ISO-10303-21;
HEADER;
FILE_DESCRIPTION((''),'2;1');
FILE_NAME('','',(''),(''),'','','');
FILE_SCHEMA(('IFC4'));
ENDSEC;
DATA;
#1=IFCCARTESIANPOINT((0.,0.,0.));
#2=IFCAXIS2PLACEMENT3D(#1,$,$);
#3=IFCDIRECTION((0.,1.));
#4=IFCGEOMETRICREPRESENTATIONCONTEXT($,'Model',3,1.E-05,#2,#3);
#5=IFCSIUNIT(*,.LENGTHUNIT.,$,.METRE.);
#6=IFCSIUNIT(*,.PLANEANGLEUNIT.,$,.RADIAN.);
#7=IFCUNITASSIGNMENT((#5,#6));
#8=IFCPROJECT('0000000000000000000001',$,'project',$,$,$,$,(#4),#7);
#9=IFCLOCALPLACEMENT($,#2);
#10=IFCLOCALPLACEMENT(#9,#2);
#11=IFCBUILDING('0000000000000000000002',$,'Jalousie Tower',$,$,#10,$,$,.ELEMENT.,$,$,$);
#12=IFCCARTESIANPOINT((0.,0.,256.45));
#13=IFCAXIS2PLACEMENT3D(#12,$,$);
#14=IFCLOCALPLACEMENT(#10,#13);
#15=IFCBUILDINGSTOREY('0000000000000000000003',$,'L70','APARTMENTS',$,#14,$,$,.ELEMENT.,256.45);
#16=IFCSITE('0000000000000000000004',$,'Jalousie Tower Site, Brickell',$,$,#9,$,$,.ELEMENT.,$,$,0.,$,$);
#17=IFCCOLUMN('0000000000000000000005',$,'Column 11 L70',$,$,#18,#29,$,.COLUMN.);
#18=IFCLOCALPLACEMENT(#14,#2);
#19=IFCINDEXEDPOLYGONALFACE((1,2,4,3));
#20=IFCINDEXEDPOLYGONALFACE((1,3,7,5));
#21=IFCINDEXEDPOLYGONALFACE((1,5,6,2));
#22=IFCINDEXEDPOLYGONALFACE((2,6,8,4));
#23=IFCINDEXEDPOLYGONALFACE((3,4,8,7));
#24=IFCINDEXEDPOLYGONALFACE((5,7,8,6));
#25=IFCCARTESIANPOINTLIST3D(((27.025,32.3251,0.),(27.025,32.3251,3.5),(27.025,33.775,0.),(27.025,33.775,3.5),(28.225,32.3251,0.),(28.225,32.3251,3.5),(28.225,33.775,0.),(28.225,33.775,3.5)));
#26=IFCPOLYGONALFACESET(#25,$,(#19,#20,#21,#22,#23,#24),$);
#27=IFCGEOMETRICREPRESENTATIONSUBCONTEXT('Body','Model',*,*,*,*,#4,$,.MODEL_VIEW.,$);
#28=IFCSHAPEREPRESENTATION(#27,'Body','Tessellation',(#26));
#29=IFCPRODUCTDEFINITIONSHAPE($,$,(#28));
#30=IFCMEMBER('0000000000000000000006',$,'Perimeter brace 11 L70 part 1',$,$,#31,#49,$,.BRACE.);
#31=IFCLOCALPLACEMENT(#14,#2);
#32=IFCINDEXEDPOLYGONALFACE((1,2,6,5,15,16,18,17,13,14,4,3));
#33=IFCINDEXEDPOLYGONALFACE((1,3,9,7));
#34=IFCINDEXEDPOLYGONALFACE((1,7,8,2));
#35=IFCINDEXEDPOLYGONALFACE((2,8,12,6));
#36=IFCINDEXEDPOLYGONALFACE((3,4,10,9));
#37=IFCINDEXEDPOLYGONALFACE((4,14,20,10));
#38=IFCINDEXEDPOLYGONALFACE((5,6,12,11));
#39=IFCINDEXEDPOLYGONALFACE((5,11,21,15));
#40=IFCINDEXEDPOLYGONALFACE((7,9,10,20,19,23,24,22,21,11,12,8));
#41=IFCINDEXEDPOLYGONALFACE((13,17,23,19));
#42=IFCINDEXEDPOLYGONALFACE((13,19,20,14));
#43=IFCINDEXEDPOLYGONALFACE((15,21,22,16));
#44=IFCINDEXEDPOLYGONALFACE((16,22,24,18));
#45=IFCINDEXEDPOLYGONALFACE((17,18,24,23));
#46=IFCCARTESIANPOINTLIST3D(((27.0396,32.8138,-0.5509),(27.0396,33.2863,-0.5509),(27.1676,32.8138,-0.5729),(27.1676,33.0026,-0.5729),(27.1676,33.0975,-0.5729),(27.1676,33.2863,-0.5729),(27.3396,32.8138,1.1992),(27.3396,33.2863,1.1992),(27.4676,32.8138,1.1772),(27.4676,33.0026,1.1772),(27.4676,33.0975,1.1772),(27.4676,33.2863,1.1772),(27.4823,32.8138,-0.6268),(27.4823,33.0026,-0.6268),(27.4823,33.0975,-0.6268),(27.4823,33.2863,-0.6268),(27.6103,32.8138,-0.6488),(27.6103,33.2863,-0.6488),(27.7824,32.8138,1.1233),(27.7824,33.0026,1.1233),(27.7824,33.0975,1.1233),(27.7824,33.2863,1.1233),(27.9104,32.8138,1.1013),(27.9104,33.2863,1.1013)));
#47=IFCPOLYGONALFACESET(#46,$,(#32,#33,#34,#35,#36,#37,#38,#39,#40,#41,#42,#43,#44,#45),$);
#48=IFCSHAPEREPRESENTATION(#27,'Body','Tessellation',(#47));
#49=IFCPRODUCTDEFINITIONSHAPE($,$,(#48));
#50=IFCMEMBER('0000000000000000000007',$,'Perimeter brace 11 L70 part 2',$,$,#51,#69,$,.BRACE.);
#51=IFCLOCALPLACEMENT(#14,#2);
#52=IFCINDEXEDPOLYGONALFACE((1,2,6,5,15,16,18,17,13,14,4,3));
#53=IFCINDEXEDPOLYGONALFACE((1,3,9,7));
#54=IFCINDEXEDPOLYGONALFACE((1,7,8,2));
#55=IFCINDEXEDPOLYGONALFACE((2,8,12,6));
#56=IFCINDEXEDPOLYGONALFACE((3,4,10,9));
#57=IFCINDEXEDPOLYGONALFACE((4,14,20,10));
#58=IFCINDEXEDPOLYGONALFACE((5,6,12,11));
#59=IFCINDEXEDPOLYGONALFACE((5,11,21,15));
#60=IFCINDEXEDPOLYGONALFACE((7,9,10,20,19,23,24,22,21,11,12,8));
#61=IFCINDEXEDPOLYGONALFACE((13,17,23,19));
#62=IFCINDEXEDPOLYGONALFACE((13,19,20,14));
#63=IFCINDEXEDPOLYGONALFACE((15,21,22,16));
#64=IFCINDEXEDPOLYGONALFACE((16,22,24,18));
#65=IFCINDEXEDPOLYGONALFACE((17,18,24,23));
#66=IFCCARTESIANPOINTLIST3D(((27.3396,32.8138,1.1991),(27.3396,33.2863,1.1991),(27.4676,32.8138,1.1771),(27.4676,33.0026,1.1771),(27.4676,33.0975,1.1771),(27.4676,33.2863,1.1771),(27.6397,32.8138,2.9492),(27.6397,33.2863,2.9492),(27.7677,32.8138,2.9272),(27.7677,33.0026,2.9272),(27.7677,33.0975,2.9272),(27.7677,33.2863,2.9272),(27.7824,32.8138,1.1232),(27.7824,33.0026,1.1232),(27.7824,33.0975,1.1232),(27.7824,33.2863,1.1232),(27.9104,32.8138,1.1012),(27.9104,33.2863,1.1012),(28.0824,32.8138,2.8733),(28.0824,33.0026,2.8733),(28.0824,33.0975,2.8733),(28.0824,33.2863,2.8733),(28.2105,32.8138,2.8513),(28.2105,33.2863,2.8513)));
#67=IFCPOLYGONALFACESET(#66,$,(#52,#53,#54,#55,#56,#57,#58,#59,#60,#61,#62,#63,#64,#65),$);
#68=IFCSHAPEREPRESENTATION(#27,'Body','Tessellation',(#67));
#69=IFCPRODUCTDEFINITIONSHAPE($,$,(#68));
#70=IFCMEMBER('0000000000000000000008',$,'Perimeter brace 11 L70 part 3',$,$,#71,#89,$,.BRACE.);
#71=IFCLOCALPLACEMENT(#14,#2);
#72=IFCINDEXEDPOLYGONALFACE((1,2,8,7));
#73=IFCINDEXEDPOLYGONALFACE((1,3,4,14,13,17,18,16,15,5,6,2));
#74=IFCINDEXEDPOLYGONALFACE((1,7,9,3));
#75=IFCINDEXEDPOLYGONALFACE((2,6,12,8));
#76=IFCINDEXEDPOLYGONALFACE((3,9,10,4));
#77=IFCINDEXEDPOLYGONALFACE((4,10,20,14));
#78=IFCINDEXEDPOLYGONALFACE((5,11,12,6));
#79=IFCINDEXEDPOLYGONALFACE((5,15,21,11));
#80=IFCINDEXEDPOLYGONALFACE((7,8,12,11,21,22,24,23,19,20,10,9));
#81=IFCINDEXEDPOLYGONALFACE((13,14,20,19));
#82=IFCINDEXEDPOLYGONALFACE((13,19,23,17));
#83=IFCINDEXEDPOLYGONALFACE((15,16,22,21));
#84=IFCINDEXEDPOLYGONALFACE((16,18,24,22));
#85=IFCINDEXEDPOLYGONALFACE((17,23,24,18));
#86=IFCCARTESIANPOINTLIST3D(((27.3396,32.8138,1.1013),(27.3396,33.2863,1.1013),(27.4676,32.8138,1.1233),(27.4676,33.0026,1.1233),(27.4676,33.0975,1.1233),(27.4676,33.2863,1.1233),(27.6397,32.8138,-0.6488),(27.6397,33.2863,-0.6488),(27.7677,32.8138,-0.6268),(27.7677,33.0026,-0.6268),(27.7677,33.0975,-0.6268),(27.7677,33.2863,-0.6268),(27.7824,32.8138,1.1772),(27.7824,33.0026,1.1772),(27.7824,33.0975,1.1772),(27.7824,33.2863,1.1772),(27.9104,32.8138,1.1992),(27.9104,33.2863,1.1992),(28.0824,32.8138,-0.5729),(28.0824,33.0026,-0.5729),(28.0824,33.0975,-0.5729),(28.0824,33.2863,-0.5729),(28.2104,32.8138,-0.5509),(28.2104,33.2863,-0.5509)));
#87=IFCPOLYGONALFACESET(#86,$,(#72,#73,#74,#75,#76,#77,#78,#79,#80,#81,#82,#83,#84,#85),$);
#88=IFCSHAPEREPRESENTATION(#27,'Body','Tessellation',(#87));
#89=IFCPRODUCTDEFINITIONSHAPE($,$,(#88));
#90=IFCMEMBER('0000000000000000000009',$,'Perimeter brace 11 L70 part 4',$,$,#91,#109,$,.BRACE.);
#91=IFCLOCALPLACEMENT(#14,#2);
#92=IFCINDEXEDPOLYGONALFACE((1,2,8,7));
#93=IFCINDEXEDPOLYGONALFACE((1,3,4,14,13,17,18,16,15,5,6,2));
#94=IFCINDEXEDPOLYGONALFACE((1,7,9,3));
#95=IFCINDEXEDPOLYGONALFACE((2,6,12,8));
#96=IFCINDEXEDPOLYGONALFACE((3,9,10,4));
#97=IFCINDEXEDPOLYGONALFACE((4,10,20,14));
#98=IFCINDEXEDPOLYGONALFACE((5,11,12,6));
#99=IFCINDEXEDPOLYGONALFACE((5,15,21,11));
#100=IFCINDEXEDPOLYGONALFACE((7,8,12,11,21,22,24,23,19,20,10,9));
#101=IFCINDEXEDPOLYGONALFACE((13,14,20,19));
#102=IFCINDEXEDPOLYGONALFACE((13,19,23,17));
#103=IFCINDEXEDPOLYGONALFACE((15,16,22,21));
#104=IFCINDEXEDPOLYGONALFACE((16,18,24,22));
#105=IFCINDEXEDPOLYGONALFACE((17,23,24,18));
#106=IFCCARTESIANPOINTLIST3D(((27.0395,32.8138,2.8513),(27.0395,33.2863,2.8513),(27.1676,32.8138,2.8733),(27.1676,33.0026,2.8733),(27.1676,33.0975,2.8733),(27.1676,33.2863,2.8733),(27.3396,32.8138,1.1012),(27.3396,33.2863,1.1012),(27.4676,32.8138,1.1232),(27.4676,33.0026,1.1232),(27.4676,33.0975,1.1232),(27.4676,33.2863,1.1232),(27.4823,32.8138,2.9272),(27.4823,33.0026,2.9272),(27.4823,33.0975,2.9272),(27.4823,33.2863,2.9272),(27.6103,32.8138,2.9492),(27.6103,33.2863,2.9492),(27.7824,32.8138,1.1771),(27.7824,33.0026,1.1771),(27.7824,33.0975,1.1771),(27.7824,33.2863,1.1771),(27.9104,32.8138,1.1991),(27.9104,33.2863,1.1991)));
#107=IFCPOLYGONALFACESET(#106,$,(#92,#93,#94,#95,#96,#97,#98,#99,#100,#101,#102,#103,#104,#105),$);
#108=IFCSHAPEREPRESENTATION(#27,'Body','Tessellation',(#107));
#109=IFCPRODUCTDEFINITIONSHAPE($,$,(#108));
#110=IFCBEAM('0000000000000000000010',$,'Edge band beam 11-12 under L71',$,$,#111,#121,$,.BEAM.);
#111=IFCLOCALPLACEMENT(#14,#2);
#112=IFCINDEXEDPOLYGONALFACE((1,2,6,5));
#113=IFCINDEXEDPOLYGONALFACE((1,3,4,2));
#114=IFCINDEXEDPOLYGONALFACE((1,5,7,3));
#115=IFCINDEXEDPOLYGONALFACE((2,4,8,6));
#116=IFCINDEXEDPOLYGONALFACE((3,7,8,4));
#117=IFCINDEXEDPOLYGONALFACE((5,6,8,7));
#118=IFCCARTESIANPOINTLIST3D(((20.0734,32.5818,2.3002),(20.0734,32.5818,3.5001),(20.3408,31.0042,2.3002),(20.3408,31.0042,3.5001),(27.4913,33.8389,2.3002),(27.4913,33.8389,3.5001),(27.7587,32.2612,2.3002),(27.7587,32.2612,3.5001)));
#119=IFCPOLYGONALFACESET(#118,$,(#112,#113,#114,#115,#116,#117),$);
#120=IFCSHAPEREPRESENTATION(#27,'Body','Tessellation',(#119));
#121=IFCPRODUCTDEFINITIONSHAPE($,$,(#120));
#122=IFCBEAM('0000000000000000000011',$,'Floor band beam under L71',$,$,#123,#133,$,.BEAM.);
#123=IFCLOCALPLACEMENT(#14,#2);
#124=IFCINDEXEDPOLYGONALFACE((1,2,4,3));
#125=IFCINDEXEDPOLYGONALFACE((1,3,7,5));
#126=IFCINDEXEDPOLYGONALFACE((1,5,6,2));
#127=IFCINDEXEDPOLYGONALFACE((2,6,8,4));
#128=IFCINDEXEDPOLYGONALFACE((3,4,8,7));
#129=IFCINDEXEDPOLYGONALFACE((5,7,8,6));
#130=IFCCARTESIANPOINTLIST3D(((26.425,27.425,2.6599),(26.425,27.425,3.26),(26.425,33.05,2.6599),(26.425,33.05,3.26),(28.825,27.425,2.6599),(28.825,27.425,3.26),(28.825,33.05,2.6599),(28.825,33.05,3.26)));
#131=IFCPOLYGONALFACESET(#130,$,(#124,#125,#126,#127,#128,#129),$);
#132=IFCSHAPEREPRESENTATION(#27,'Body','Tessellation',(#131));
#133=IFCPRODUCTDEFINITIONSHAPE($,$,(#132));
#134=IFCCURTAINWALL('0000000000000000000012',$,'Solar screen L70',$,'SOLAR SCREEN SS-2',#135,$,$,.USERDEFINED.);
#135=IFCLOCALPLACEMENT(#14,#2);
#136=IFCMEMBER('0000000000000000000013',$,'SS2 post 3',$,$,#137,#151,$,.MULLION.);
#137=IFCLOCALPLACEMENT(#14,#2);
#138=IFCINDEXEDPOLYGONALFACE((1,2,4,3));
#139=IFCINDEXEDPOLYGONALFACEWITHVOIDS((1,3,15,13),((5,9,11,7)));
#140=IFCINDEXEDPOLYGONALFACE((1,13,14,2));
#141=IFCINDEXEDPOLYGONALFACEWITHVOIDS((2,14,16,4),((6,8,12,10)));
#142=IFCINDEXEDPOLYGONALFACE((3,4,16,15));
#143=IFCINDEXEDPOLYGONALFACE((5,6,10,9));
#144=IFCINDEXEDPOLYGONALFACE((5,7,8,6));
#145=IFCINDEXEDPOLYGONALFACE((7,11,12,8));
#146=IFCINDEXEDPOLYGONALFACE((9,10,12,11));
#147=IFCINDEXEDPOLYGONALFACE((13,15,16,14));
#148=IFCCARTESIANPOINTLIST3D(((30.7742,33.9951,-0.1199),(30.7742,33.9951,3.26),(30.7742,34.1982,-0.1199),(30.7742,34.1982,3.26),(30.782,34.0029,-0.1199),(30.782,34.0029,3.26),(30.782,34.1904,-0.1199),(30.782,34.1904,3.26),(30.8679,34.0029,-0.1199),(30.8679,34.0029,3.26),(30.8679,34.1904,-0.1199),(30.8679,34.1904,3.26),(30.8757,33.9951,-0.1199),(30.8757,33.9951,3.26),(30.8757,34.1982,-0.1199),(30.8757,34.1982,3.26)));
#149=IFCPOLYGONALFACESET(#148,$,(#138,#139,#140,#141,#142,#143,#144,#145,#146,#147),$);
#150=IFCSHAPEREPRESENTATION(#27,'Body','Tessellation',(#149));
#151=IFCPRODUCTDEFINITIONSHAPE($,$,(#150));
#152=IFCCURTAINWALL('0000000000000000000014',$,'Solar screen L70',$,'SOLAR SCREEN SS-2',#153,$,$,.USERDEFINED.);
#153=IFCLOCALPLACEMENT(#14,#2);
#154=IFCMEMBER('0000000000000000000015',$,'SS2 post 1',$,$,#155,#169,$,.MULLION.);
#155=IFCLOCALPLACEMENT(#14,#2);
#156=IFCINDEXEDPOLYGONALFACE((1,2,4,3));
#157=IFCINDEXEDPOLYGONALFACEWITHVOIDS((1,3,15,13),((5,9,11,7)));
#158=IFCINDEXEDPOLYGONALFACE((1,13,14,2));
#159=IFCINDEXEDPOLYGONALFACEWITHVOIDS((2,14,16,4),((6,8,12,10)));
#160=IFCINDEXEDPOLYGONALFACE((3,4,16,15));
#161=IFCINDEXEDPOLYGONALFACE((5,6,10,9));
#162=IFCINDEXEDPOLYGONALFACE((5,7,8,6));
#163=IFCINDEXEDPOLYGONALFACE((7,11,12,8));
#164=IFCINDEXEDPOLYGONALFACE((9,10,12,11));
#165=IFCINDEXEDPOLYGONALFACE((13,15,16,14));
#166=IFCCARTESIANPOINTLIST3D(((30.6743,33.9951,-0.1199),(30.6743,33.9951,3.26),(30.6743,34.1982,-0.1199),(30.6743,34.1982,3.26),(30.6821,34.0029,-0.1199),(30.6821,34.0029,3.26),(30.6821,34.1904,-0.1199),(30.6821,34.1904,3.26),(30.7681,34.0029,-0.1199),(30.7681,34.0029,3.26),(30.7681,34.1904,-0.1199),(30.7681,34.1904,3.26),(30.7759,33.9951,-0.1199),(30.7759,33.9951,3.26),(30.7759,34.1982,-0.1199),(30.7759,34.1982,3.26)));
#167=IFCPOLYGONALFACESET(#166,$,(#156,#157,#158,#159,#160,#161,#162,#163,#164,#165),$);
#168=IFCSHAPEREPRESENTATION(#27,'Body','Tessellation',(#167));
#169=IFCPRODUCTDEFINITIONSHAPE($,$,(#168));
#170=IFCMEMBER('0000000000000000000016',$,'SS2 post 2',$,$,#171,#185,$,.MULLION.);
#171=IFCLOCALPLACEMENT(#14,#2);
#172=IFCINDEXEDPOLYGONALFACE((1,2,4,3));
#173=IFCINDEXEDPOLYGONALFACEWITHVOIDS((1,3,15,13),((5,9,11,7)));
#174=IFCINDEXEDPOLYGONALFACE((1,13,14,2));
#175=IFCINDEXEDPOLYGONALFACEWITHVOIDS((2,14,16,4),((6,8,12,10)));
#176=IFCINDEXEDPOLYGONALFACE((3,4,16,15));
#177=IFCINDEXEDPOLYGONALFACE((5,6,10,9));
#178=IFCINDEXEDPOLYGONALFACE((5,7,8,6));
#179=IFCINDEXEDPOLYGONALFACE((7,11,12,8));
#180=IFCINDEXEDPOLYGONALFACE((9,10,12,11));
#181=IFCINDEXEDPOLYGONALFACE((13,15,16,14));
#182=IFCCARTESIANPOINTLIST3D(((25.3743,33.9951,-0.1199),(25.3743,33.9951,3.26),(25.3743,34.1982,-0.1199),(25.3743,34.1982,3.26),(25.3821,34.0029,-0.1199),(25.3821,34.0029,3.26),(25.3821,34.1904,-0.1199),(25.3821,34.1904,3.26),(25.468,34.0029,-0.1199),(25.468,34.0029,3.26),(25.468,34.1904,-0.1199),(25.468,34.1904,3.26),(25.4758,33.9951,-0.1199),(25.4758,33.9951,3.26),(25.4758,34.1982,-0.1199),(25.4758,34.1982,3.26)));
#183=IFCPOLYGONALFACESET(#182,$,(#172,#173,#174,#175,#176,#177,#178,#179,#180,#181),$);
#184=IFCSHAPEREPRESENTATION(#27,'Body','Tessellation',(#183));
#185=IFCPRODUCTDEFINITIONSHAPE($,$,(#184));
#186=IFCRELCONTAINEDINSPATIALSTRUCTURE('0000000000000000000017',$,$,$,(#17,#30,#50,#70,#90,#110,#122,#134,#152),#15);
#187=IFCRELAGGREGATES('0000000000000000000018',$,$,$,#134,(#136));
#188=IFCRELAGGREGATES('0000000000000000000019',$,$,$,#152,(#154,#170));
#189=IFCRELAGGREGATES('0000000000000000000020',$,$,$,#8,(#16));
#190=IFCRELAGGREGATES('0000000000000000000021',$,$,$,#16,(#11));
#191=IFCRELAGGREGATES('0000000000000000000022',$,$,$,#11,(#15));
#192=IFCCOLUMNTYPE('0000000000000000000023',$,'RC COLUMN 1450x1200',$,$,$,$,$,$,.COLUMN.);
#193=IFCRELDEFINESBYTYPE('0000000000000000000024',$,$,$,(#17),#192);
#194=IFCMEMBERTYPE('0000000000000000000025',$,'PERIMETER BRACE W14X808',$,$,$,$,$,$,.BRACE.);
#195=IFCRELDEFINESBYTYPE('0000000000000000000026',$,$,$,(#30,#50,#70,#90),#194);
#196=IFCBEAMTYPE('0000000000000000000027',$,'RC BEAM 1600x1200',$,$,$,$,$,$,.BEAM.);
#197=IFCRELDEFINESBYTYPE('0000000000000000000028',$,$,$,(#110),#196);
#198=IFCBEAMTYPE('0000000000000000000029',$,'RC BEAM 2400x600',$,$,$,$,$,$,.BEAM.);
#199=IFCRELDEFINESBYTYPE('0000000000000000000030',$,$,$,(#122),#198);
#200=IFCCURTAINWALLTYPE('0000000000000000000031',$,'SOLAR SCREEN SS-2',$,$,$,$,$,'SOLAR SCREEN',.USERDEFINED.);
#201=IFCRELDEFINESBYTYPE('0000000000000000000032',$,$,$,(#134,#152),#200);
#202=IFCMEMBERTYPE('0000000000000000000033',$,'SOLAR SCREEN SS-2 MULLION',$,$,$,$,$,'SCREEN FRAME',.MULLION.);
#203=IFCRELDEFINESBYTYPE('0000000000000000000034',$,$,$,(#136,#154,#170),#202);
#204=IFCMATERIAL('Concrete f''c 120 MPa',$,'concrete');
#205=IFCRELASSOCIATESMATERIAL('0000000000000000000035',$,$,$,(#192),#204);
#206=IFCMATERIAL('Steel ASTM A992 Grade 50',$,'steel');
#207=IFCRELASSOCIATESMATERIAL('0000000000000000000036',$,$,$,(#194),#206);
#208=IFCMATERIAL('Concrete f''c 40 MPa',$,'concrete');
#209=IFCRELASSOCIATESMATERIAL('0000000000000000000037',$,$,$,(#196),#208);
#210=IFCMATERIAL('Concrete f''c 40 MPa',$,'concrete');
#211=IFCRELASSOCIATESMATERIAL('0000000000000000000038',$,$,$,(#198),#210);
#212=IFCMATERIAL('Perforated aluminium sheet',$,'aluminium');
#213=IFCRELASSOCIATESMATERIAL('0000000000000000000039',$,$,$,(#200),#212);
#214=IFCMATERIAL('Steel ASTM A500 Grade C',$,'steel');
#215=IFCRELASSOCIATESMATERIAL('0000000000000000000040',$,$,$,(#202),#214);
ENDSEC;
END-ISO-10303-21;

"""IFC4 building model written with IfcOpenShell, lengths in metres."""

from ifc_helpers import new_model, si_unit, direction, frame, origin, origin_2d, place, context, subcontext, project, spatial, rectangle, hollow_rectangle, i_section, extrude, material, material_profile, profile_set, type_object, element, aggregate, save


model = new_model("IFC4")

# Units and contexts
model_context = context("Model", 3, precision=1e-05, world=origin(), true_north=direction((0.0, 1.0)))
body_context = subcontext(model_context, "Body", "Model", "MODEL_VIEW")
ifc_project = project(units=[si_unit("LENGTHUNIT", "METRE"), si_unit("PLANEANGLEUNIT", "RADIAN")], contexts=[model_context])

# Site, building, storey
site_placement = place(None, origin())
site = spatial("IfcSite", under=ifc_project, at=site_placement, Name="Jalousie Tower Site, Brickell", CompositionType="ELEMENT", RefElevation=0.0)
building_placement = place(site_placement, origin())
building = spatial("IfcBuilding", under=site, at=building_placement, Name="Jalousie Tower", CompositionType="ELEMENT")
storey_placement = place(building_placement, frame((0.0, 0.0, 256.45)))
storey = spatial("IfcBuildingStorey", under=building, at=storey_placement, Name="L70", Description="APARTMENTS", CompositionType="ELEMENT", Elevation=256.45)

# Column
ifc_material_1 = material(Name="Concrete f'c 120 MPa", Category="concrete")
ifc_material_profile_1 = material_profile(ifc_material_1, rectangle(XDim=1.45, YDim=1.2, at=origin_2d()), Name="RC 1450x1200")
ifc_profile_set_1 = profile_set([ifc_material_profile_1], Name="Concrete f'c 120 MPa")
column_type = type_object("IfcColumnType", Name="RC COLUMN 1450x1200", PredefinedType="COLUMN", material=ifc_profile_set_1)
column_placement = place(storey_placement, frame((27.625, 33.05, 0.0), z_axis=(0.0, 0.0, 1.0), x_axis=(0.0, 1.0, 0.0)))
element("IfcColumn", 1, at=column_placement, inside=storey, type_object=column_type, Name="Column 11 L70", PredefinedType="COLUMN", context=body_context, shape_type="SweptSolid", body=[
    extrude(rectangle(XDim=1.45, YDim=1.2, at=origin_2d()), origin(), (0.0, 0.0, 1.0), 3.5),
])

# Members
ifc_material_2 = material(Name="Steel ASTM A992 Grade 50", Category="steel")
ifc_material_profile_2 = material_profile(ifc_material_2, i_section(OverallWidth=0.4724, OverallDepth=0.5791, WebThickness=0.095, FlangeThickness=0.1299, at=origin_2d()), Name="W14X808")
ifc_profile_set_2 = profile_set([ifc_material_profile_2], Name="Steel ASTM A992 Grade 50")
member_type_1 = type_object("IfcMemberType", Name="PERIMETER BRACE W14X808", PredefinedType="BRACE", material=ifc_profile_set_2)
for number, where, z_axis, x_axis, name in (
    (2, (27.325, 33.05, -0.5999), (0.168991, 0.0, 0.985618), (0.0, 1.0, 0.0), "Perimeter brace 11 L70 part 1"),
    (3, (27.625, 33.05, 1.1501), (0.168991, 0.0, 0.985618), (0.0, 1.0, 0.0), "Perimeter brace 11 L70 part 2"),
    (4, (27.925, 33.05, -0.5999), (-0.168991, 0.0, 0.985618), (0.0, -1.0, 0.0), "Perimeter brace 11 L70 part 3"),
    (5, (27.625, 33.05, 1.1501), (-0.168991, 0.0, 0.985618), (0.0, -1.0, 0.0), "Perimeter brace 11 L70 part 4"),
):
    element("IfcMember", number, at=place(storey_placement, frame(where, z_axis=z_axis, x_axis=x_axis)), inside=storey, type_object=member_type_1, Name=name, PredefinedType="BRACE", context=body_context, shape_type="SweptSolid", body=[
        extrude(i_section(OverallWidth=0.4724, OverallDepth=0.5791, WebThickness=0.095, FlangeThickness=0.1299, at=origin_2d()), origin(), (0.0, 0.0, 1.0), 1.7756),
    ])

# Beams
ifc_material_3 = material(Name="Concrete f'c 40 MPa", Category="concrete")
ifc_material_profile_3 = material_profile(ifc_material_3, rectangle(XDim=1.6001, YDim=1.2, at=origin_2d()), Name="RC 1600x1200")
ifc_profile_set_3 = profile_set([ifc_material_profile_3], Name="Concrete f'c 40 MPa")
beam_type_1 = type_object("IfcBeamType", Name="RC BEAM 1600x1200", PredefinedType="BEAM", material=ifc_profile_set_3)
beam_1_placement = place(storey_placement, frame((27.625, 33.05, 2.9001), z_axis=(-0.985943, -0.167082, 0.0), x_axis=(0.167082, -0.985943, 0.0)))
element("IfcBeam", 6, at=beam_1_placement, inside=storey, type_object=beam_type_1, Name="Edge band beam 11-12 under L71", PredefinedType="BEAM", context=body_context, shape_type="SweptSolid", body=[
    extrude(rectangle(XDim=1.6001, YDim=1.2, at=origin_2d()), origin(), (0.0, 0.0, 1.0), 7.5237),
])
ifc_material_4 = material(Name="Concrete f'c 40 MPa", Category="concrete")
ifc_material_profile_4 = material_profile(ifc_material_4, rectangle(XDim=2.3999, YDim=0.6001, at=origin_2d()), Name="RC 2400x600")
ifc_profile_set_4 = profile_set([ifc_material_profile_4], Name="Concrete f'c 40 MPa")
beam_type_2 = type_object("IfcBeamType", Name="RC BEAM 2400x600", PredefinedType="BEAM", material=ifc_profile_set_4)
beam_2_placement = place(storey_placement, frame((27.625, 33.05, 2.96), z_axis=(0.0, -1.0, 0.0), x_axis=(1.0, 0.0, 0.0)))
element("IfcBeam", 7, at=beam_2_placement, inside=storey, type_object=beam_type_2, Name="Floor band beam under L71", PredefinedType="BEAM", context=body_context, shape_type="SweptSolid", body=[
    extrude(rectangle(XDim=2.3999, YDim=0.6001, at=origin_2d()), origin(), (0.0, 0.0, 1.0), 5.625),
])

# Curtain wall, member
ifc_material_5 = material(Name="Perforated aluminium sheet", Category="aluminium")
curtain_wall_type = type_object("IfcCurtainWallType", Name="SOLAR SCREEN SS-2", ElementType="SOLAR SCREEN", PredefinedType="USERDEFINED", material=ifc_material_5)
curtain_wall_1_placement = place(storey_placement, origin())
curtain_wall_1 = element("IfcCurtainWall", 8, at=curtain_wall_1_placement, inside=storey, type_object=curtain_wall_type, Name="Solar screen L70", ObjectType="SOLAR SCREEN SS-2", PredefinedType="USERDEFINED")
ifc_material_6 = material(Name="Steel ASTM A500 Grade C", Category="steel")
ifc_material_profile_5 = material_profile(ifc_material_6, hollow_rectangle(XDim=0.1016, YDim=0.2031, WallThickness=0.0078, at=origin_2d()), Name="HSS8X4X5/16")
ifc_profile_set_5 = profile_set([ifc_material_profile_5], Name="Steel ASTM A500 Grade C")
member_type_2 = type_object("IfcMemberType", Name="SOLAR SCREEN SS-2 MULLION", ElementType="SCREEN FRAME", PredefinedType="MULLION", material=ifc_profile_set_5)
member_1_placement = place(storey_placement, frame((30.825, 34.0967, -0.1199), z_axis=(0.0, 0.0, 1.0), x_axis=(-1.0, 0.0, 0.0)))
member_1 = element("IfcMember", 9, at=member_1_placement, type_object=member_type_2, Name="SS2 post 3", PredefinedType="MULLION", context=body_context, shape_type="SweptSolid", body=[
    extrude(hollow_rectangle(XDim=0.1016, YDim=0.2031, WallThickness=0.0078, at=origin_2d()), origin(), (0.0, 0.0, 1.0), 3.3799),
])

# Curtain wall, members
curtain_wall_2_placement = place(storey_placement, origin())
curtain_wall_2 = element("IfcCurtainWall", 10, at=curtain_wall_2_placement, inside=storey, type_object=curtain_wall_type, Name="Solar screen L70", ObjectType="SOLAR SCREEN SS-2", PredefinedType="USERDEFINED")
member_2_placement = place(storey_placement, frame((30.7251, 34.0967, -0.1199), z_axis=(0.0, 0.0, 1.0), x_axis=(-1.0, 0.0, 0.0)))
member_2 = element("IfcMember", 11, at=member_2_placement, type_object=member_type_2, Name="SS2 post 1", PredefinedType="MULLION", context=body_context, shape_type="SweptSolid", body=[
    extrude(hollow_rectangle(XDim=0.1016, YDim=0.2031, WallThickness=0.0078, at=origin_2d()), origin(), (0.0, 0.0, 1.0), 3.3799),
])
member_3_placement = place(storey_placement, frame((25.425, 34.0967, -0.1199), z_axis=(0.0, 0.0, 1.0), x_axis=(-1.0, 0.0, 0.0)))
member_3 = element("IfcMember", 12, at=member_3_placement, type_object=member_type_2, Name="SS2 post 2", PredefinedType="MULLION", context=body_context, shape_type="SweptSolid", body=[
    extrude(hollow_rectangle(XDim=0.1016, YDim=0.2031, WallThickness=0.0078, at=origin_2d()), origin(), (0.0, 0.0, 1.0), 3.3799),
])

aggregate(curtain_wall_1, [member_1])
aggregate(curtain_wall_2, [member_2, member_3])

save(model, "model.ifc")
